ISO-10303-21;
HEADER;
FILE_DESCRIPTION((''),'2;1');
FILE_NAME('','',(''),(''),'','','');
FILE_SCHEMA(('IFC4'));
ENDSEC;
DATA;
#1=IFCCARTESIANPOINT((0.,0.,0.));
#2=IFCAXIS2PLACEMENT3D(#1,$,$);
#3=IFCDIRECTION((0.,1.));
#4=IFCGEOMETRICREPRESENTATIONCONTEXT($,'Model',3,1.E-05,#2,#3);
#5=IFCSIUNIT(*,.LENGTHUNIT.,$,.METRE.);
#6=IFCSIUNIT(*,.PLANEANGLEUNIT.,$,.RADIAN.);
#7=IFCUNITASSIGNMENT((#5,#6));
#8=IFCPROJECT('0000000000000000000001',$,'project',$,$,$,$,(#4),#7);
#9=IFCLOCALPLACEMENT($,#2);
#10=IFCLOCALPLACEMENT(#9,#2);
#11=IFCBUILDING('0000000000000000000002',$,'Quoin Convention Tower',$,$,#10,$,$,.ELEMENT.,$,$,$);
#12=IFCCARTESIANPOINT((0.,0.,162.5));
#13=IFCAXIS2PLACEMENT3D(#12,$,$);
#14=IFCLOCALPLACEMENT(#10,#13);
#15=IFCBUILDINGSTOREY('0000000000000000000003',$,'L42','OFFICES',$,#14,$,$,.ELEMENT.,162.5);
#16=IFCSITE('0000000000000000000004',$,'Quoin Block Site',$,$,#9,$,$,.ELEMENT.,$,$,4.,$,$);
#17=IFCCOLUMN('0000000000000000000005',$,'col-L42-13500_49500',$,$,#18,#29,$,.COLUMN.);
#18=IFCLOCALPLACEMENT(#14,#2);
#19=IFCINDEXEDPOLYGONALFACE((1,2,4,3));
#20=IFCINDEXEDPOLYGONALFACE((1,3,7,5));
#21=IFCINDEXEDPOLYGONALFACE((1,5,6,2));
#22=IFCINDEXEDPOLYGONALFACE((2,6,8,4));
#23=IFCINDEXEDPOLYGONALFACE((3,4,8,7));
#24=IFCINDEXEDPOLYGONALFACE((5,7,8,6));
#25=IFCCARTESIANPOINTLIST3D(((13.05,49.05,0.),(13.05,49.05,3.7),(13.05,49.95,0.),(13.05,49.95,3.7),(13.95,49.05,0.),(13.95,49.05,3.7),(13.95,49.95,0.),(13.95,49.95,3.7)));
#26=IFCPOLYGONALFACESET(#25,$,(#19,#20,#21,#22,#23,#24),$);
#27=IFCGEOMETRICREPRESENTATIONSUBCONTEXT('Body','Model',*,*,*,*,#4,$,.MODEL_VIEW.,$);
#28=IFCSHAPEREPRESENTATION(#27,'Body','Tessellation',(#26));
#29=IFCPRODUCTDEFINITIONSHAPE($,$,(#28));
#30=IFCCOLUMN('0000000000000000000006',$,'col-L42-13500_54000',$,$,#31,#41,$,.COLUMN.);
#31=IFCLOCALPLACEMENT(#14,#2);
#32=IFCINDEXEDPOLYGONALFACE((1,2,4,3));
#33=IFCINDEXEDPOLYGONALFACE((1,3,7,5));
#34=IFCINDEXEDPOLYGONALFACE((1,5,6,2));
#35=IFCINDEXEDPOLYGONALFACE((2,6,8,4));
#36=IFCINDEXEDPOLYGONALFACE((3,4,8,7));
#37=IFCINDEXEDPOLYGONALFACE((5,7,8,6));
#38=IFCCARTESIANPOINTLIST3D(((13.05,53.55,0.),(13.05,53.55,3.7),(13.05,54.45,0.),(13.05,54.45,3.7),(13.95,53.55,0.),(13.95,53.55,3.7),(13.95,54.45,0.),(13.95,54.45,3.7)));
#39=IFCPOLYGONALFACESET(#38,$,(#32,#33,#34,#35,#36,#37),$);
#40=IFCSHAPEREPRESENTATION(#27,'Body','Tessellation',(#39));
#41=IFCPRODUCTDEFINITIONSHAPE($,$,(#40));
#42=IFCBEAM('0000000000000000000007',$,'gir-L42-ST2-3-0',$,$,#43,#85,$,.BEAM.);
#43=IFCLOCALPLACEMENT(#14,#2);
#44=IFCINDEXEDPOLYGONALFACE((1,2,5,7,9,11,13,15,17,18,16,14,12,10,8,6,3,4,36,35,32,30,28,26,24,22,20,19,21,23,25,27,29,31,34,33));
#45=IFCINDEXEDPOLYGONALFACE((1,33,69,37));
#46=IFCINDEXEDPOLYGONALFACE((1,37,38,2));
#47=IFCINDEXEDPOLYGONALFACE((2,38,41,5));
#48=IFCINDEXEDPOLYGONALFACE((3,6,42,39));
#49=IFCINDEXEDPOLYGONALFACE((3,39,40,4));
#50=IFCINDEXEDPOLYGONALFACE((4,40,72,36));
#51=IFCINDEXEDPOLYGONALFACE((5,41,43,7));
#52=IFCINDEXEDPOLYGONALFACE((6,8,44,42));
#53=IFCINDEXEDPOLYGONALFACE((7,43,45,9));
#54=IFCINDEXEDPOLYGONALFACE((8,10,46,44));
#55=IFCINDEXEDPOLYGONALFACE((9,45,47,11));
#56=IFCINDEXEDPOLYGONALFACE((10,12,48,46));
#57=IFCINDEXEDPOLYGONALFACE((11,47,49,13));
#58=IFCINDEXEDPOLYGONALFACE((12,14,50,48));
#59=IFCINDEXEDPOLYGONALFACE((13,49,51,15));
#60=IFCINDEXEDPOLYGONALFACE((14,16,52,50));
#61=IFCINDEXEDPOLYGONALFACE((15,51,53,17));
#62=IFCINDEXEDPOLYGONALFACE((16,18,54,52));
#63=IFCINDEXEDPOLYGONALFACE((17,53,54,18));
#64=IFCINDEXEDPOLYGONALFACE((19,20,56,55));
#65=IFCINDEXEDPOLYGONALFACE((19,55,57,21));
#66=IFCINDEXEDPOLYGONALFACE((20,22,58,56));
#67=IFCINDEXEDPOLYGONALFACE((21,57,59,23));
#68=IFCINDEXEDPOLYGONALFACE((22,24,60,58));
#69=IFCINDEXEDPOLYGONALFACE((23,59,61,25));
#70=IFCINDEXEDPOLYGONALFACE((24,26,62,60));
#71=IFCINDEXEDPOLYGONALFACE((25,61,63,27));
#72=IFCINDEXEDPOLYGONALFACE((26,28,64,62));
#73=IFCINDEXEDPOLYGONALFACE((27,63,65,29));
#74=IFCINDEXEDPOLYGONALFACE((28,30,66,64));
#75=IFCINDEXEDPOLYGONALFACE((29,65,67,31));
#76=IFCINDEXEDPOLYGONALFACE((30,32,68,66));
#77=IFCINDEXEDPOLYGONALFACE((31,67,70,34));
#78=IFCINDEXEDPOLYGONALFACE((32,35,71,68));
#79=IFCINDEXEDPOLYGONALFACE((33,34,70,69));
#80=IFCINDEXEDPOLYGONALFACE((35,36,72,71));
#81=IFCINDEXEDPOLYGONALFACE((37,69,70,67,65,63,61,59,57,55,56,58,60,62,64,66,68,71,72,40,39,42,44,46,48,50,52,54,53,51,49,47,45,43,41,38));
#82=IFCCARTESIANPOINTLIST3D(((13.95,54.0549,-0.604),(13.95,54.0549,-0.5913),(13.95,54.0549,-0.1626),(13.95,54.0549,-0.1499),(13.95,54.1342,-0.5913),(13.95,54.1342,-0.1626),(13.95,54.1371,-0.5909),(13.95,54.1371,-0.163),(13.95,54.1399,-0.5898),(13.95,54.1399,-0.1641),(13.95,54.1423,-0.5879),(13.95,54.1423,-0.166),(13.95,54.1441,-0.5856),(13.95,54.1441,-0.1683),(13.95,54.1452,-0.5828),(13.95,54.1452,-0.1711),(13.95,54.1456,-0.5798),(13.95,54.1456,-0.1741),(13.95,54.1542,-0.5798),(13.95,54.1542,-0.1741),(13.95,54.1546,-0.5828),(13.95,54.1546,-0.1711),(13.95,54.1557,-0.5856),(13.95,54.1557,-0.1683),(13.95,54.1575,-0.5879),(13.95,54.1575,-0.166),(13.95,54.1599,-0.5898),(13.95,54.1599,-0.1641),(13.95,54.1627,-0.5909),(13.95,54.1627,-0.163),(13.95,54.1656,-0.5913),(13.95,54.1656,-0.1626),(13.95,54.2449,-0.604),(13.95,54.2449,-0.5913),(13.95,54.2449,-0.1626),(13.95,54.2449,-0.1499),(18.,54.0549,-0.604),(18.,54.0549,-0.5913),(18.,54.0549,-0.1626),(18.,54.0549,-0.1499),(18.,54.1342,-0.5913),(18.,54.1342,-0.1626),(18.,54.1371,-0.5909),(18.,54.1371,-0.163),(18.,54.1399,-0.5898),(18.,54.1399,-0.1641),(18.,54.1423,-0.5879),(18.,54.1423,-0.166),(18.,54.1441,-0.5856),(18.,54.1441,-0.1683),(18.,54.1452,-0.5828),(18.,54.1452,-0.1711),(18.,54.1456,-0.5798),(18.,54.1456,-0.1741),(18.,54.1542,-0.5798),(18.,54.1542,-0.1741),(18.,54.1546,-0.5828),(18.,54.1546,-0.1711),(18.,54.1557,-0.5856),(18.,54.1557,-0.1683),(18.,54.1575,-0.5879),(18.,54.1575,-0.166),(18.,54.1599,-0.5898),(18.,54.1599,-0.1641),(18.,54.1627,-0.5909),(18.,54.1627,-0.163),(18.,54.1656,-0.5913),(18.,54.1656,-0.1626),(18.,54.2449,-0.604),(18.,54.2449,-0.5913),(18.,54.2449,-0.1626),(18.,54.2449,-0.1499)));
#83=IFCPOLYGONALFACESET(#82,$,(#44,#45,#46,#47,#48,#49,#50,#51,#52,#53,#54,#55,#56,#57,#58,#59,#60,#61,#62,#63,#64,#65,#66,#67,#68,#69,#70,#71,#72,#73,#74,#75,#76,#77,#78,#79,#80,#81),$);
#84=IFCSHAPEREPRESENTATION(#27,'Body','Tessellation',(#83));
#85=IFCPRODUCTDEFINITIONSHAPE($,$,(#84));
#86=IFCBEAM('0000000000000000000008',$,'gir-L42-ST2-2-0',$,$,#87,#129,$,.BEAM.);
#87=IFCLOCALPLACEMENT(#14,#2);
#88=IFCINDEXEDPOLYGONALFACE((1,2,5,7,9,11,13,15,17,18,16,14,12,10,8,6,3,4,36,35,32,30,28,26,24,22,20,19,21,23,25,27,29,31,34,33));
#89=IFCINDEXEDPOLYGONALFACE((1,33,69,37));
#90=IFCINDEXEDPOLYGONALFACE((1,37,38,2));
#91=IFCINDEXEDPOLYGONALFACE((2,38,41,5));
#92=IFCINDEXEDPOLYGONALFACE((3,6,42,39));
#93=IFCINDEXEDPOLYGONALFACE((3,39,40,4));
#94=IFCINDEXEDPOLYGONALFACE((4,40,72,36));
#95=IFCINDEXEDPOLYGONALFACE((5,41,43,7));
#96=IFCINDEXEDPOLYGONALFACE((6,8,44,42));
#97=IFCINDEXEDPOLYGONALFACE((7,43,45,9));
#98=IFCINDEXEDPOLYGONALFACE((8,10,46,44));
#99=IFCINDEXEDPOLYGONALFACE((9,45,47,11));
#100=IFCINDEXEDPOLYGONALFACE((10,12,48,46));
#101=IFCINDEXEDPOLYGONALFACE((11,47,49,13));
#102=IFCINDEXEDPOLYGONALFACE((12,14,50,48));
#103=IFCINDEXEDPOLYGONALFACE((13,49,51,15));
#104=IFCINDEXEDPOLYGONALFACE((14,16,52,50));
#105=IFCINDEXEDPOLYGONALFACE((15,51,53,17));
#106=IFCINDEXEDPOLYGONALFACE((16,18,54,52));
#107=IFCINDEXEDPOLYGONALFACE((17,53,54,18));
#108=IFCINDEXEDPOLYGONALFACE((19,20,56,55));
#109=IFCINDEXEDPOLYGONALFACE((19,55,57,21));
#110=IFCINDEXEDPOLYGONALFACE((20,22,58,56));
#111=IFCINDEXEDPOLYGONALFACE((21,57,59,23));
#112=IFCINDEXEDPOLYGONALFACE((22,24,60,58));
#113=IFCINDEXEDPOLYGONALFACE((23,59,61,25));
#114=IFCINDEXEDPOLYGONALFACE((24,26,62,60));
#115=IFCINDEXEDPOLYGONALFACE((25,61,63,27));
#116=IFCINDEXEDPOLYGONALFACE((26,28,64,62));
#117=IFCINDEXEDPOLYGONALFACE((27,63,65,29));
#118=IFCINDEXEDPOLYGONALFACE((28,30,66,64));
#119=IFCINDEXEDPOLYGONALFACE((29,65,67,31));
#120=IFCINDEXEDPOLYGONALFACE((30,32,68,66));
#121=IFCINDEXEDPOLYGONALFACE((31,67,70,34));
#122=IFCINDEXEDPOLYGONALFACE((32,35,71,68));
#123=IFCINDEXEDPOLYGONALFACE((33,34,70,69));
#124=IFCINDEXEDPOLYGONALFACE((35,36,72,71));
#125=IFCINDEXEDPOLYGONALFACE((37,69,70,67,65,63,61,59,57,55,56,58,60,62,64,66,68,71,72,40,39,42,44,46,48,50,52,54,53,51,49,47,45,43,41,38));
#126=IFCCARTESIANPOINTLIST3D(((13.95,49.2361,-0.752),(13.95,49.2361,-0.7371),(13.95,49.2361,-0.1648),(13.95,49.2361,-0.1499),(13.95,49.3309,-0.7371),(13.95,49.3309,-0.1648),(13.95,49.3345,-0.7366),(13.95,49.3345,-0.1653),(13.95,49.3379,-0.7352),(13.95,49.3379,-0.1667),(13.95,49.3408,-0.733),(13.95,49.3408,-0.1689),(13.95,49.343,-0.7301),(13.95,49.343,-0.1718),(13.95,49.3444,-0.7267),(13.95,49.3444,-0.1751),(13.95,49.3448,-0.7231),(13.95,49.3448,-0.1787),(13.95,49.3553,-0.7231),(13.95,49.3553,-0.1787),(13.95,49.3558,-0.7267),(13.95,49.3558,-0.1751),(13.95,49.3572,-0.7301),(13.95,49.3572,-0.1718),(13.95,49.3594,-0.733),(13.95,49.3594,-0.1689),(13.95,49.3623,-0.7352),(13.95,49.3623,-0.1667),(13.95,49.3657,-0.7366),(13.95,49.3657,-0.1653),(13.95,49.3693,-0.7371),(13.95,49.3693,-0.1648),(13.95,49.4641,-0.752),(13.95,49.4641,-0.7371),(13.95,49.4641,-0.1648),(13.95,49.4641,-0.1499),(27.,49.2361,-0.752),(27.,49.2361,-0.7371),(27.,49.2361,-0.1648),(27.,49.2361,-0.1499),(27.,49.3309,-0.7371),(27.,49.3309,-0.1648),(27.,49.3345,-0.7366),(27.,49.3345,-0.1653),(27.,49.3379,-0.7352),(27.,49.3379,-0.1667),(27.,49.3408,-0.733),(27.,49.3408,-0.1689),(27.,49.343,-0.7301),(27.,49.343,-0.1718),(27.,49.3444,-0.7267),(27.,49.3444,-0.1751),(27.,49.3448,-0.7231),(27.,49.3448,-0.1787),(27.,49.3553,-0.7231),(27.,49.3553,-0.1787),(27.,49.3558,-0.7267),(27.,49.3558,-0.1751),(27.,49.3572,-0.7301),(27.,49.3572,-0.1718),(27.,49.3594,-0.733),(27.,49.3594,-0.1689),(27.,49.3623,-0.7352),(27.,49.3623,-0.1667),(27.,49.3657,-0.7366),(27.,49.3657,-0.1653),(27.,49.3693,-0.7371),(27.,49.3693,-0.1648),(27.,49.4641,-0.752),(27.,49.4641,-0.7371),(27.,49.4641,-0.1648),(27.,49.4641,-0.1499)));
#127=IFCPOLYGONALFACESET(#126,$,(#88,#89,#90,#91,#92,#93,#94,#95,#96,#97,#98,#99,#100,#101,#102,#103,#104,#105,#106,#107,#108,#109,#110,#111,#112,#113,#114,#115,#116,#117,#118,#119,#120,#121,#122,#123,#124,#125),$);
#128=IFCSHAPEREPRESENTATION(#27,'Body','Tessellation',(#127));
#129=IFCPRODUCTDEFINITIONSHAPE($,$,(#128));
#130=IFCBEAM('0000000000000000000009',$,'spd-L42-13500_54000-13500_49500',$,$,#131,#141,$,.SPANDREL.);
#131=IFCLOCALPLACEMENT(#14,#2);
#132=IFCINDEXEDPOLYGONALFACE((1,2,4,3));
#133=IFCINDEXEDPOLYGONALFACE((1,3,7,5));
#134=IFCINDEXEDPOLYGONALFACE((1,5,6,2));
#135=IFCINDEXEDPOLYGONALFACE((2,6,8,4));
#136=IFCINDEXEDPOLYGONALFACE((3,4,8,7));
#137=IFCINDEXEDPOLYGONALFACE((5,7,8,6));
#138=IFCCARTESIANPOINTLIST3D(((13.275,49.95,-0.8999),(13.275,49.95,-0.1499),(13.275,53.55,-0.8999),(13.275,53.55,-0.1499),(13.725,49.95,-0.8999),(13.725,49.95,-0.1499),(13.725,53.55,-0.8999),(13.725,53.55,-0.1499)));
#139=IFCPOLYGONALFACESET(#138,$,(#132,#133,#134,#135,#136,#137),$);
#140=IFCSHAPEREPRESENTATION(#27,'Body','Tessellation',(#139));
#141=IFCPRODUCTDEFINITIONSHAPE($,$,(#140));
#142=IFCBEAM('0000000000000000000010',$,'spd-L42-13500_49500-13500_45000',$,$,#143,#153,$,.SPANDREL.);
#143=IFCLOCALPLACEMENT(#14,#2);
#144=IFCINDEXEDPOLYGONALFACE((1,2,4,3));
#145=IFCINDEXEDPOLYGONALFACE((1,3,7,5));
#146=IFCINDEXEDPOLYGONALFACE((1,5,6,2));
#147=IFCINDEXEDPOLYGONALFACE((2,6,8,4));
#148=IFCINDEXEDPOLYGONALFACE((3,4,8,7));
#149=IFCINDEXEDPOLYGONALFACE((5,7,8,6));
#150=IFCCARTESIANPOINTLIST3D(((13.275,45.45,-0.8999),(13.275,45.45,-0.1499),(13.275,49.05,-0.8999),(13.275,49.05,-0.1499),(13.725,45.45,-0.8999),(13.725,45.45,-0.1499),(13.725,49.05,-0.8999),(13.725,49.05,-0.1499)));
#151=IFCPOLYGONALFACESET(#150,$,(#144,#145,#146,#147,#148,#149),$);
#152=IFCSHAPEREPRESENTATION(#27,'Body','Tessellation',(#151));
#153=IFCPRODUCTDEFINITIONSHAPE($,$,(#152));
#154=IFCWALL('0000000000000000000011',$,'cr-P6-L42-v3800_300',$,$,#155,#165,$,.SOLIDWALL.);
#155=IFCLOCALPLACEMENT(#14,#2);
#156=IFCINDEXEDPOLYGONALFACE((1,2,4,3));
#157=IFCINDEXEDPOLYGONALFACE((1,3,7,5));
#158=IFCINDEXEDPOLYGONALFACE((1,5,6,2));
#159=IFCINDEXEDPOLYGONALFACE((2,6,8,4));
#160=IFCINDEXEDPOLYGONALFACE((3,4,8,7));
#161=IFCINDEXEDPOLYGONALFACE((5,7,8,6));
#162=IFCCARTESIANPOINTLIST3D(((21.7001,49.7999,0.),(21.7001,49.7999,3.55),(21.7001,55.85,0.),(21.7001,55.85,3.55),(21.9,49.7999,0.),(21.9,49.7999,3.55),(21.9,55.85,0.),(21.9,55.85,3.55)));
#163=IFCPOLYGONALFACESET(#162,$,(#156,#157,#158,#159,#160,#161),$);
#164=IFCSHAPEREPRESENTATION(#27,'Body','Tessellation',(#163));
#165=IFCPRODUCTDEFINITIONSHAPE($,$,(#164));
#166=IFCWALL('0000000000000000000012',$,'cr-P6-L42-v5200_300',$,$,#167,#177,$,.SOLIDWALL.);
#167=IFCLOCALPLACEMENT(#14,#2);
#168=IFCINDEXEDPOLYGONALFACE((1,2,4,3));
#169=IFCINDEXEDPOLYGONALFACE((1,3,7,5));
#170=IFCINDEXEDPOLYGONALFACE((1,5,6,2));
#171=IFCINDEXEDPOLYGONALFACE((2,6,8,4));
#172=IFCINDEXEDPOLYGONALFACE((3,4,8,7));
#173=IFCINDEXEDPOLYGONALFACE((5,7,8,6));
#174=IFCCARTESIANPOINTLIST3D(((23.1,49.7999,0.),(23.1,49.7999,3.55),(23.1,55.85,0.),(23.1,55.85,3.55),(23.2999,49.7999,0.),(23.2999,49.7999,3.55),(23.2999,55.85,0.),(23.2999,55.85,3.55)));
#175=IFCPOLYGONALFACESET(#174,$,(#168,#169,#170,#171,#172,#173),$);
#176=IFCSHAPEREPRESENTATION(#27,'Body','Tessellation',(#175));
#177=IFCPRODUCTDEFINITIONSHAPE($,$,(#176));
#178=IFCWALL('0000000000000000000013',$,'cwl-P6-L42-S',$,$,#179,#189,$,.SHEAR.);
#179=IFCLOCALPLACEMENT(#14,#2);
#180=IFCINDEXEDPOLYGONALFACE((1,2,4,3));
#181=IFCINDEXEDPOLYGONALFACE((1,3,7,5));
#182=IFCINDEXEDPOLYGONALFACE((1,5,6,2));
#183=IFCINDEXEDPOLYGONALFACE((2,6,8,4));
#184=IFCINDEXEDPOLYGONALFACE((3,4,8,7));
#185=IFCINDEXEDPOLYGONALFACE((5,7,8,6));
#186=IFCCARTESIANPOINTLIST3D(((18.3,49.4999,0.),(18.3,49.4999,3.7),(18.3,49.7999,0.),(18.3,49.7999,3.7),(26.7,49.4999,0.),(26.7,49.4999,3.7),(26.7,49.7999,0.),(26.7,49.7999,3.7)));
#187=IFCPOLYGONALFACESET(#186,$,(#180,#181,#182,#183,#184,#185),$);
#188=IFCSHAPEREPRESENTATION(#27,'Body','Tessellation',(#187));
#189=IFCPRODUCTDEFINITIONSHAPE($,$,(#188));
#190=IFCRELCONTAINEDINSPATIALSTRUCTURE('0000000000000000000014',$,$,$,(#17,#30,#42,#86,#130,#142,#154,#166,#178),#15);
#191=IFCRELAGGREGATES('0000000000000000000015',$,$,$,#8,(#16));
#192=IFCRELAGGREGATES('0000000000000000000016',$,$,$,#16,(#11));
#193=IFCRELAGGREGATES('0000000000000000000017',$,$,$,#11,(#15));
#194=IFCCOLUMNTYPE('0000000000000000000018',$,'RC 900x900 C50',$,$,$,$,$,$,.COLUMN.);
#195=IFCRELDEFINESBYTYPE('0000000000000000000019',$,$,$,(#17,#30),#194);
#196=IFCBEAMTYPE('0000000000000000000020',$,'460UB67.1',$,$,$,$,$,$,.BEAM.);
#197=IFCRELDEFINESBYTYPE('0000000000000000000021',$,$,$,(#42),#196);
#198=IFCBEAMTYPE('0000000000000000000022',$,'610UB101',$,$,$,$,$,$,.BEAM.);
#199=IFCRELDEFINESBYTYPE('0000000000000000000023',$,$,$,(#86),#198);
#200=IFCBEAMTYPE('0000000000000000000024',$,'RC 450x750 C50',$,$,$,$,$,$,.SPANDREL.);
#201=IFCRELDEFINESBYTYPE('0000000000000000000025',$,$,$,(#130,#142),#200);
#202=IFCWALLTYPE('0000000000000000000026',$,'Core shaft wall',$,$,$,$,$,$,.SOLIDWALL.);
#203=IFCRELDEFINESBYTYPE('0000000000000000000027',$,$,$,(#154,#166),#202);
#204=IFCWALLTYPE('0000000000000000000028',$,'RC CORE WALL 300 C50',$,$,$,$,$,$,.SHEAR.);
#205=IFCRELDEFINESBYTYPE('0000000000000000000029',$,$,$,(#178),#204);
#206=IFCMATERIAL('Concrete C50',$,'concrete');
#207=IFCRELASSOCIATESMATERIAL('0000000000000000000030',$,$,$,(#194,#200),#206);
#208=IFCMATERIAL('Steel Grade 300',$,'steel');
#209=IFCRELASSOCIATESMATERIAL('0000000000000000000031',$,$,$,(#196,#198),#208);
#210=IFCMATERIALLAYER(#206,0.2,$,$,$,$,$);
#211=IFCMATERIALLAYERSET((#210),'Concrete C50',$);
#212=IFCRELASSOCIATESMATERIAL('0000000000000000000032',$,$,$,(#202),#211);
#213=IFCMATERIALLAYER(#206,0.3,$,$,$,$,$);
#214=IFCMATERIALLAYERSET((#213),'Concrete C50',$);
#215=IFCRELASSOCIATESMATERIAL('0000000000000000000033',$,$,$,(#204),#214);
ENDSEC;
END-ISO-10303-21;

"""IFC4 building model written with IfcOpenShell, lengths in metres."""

from ifc_helpers import new_model, si_unit, direction, frame, frame_2d, origin, origin_2d, place, context, subcontext, project, spatial, rectangle, i_section, extrude, material, layer, layer_set, material_profile, profile_set, type_object, element, save


model = new_model("IFC4")

# Units and contexts
model_context = context("Model", 3, precision=1e-05, world=origin(), true_north=direction((0.0, 1.0)))
body_context = subcontext(model_context, "Body", "Model", "MODEL_VIEW")
ifc_project = project(units=[si_unit("LENGTHUNIT", "METRE"), si_unit("PLANEANGLEUNIT", "RADIAN")], contexts=[model_context])

# Site, building, storey
site_placement = place(None, origin())
site = spatial("IfcSite", under=ifc_project, at=site_placement, Name="Quoin Block Site", CompositionType="ELEMENT", RefElevation=4.0)
building_placement = place(site_placement, origin())
building = spatial("IfcBuilding", under=site, at=building_placement, Name="Quoin Convention Tower", CompositionType="ELEMENT")
storey_placement = place(building_placement, frame((0.0, 0.0, 162.5)))
storey = spatial("IfcBuildingStorey", under=building, at=storey_placement, Name="L42", Description="OFFICES", CompositionType="ELEMENT", Elevation=162.5)

# Columns
ifc_material_1 = material(Name="Concrete C50", Category="concrete")
ifc_material_profile_1 = material_profile(ifc_material_1, rectangle(XDim=0.8999, YDim=0.8999, at=origin_2d()), Name="RC 900x900")
ifc_profile_set_1 = profile_set([ifc_material_profile_1], Name="Concrete C50")
column_type = type_object("IfcColumnType", Name="RC 900x900 C50", PredefinedType="COLUMN", material=ifc_profile_set_1)
for number, where, z_axis, x_axis, name in (
    (1, (13.5, 49.5, 0.0), (0.0, 0.0, 1.0), (1.0, 0.0, 0.0), "col-L42-13500_49500"),
    (2, (13.5, 54.0, 0.0), (0.0, 0.0, 1.0), (1.0, 0.0, 0.0), "col-L42-13500_54000"),
):
    element("IfcColumn", number, at=place(storey_placement, frame(where, z_axis=z_axis, x_axis=x_axis)), inside=storey, type_object=column_type, Name=name, PredefinedType="COLUMN", context=body_context, shape_type="SweptSolid", body=[
        extrude(rectangle(XDim=0.8999, YDim=0.8999, at=origin_2d()), origin(), (0.0, 0.0, 1.0), 3.7),
    ])

# Beams
ifc_material_2 = material(Name="Steel Grade 300", Category="steel")
ifc_material_profile_2 = material_profile(ifc_material_2, i_section(OverallWidth=0.1899, OverallDepth=0.4541, WebThickness=0.0085, FlangeThickness=0.0127, FilletRadius=0.0115, at=origin_2d()), Name="460UB67.1")
ifc_profile_set_2 = profile_set([ifc_material_profile_2], Name="Steel Grade 300")
beam_type_1 = type_object("IfcBeamType", Name="460UB67.1", PredefinedType="BEAM", material=ifc_profile_set_2)
beam_1_placement = place(storey_placement, frame((13.95, 54.1499, -0.377), z_axis=(1.0, 0.0, 0.0), x_axis=(0.0, 1.0, 0.0)))
element("IfcBeam", 3, at=beam_1_placement, inside=storey, type_object=beam_type_1, Name="gir-L42-ST2-3-0", PredefinedType="BEAM", context=body_context, shape_type="SweptSolid", body=[
    extrude(i_section(OverallWidth=0.1899, OverallDepth=0.4541, WebThickness=0.0085, FlangeThickness=0.0127, FilletRadius=0.0115, at=origin_2d()), origin(), (0.0, 0.0, 1.0), 4.05),
])
ifc_material_profile_3 = material_profile(ifc_material_2, i_section(OverallWidth=0.228, OverallDepth=0.6021, WebThickness=0.0105, FlangeThickness=0.0149, FilletRadius=0.0139, at=origin_2d()), Name="610UB101")
ifc_profile_set_3 = profile_set([ifc_material_profile_3], Name="Steel Grade 300")
beam_type_2 = type_object("IfcBeamType", Name="610UB101", PredefinedType="BEAM", material=ifc_profile_set_3)
beam_2_placement = place(storey_placement, frame((13.95, 49.3501, -0.4509), z_axis=(1.0, 0.0, 0.0), x_axis=(0.0, 1.0, 0.0)))
element("IfcBeam", 4, at=beam_2_placement, inside=storey, type_object=beam_type_2, Name="gir-L42-ST2-2-0", PredefinedType="BEAM", context=body_context, shape_type="SweptSolid", body=[
    extrude(i_section(OverallWidth=0.228, OverallDepth=0.6021, WebThickness=0.0105, FlangeThickness=0.0149, FilletRadius=0.0139, at=origin_2d()), origin(), (0.0, 0.0, 1.0), 13.05),
])
ifc_material_profile_4 = material_profile(ifc_material_1, rectangle(XDim=0.45, YDim=0.75, at=origin_2d()), Name="RC 450x750")
ifc_profile_set_4 = profile_set([ifc_material_profile_4], Name="Concrete C50")
beam_type_3 = type_object("IfcBeamType", Name="RC 450x750 C50", PredefinedType="SPANDREL", material=ifc_profile_set_4)
for number, where, z_axis, x_axis, name in (
    (5, (13.5, 53.55, -0.5249), (0.0, -1.0, 0.0), (1.0, 0.0, 0.0), "spd-L42-13500_54000-13500_49500"),
    (6, (13.5, 49.05, -0.5249), (0.0, -1.0, 0.0), (1.0, 0.0, 0.0), "spd-L42-13500_49500-13500_45000"),
):
    element("IfcBeam", number, at=place(storey_placement, frame(where, z_axis=z_axis, x_axis=x_axis)), inside=storey, type_object=beam_type_3, Name=name, PredefinedType="SPANDREL", context=body_context, shape_type="SweptSolid", body=[
        extrude(rectangle(XDim=0.45, YDim=0.75, at=origin_2d()), origin(), (0.0, 0.0, 1.0), 3.6001),
    ])

# Walls
ifc_layer_1 = layer(ifc_material_1, 0.2)
ifc_layer_set_1 = layer_set([ifc_layer_1], Name="Concrete C50")
wall_type_1 = type_object("IfcWallType", Name="Core shaft wall", PredefinedType="SOLIDWALL", material=ifc_layer_set_1)
for number, where, z_axis, x_axis, name in (
    (7, (21.8, 49.8, 0.0), (0.0, 0.0, 1.0), (0.0, 1.0, 0.0), "cr-P6-L42-v3800_300"),
    (8, (23.2, 49.8, 0.0), (0.0, 0.0, 1.0), (0.0, 1.0, 0.0), "cr-P6-L42-v5200_300"),
):
    element("IfcWall", number, at=place(storey_placement, frame(where, z_axis=z_axis, x_axis=x_axis)), inside=storey, type_object=wall_type_1, Name=name, PredefinedType="SOLIDWALL", context=body_context, shape_type="SweptSolid", body=[
        extrude(rectangle(XDim=6.05, YDim=0.2, at=frame_2d((3.0249, 0.0))), origin(), (0.0, 0.0, 1.0), 3.55),
    ])
ifc_layer_2 = layer(ifc_material_1, 0.3)
ifc_layer_set_2 = layer_set([ifc_layer_2], Name="Concrete C50")
wall_type_2 = type_object("IfcWallType", Name="RC CORE WALL 300 C50", PredefinedType="SHEAR", material=ifc_layer_set_2)
wall_1_placement = place(storey_placement, frame((18.3, 49.6499, 0.0), z_axis=(0.0, 0.0, 1.0), x_axis=(1.0, 0.0, 0.0)))
element("IfcWall", 9, at=wall_1_placement, inside=storey, type_object=wall_type_2, Name="cwl-P6-L42-S", PredefinedType="SHEAR", context=body_context, shape_type="SweptSolid", body=[
    extrude(rectangle(XDim=8.3999, YDim=0.3, at=frame_2d((4.2, 0.0))), origin(), (0.0, 0.0, 1.0), 3.7),
])

save(model, "model.ifc")
